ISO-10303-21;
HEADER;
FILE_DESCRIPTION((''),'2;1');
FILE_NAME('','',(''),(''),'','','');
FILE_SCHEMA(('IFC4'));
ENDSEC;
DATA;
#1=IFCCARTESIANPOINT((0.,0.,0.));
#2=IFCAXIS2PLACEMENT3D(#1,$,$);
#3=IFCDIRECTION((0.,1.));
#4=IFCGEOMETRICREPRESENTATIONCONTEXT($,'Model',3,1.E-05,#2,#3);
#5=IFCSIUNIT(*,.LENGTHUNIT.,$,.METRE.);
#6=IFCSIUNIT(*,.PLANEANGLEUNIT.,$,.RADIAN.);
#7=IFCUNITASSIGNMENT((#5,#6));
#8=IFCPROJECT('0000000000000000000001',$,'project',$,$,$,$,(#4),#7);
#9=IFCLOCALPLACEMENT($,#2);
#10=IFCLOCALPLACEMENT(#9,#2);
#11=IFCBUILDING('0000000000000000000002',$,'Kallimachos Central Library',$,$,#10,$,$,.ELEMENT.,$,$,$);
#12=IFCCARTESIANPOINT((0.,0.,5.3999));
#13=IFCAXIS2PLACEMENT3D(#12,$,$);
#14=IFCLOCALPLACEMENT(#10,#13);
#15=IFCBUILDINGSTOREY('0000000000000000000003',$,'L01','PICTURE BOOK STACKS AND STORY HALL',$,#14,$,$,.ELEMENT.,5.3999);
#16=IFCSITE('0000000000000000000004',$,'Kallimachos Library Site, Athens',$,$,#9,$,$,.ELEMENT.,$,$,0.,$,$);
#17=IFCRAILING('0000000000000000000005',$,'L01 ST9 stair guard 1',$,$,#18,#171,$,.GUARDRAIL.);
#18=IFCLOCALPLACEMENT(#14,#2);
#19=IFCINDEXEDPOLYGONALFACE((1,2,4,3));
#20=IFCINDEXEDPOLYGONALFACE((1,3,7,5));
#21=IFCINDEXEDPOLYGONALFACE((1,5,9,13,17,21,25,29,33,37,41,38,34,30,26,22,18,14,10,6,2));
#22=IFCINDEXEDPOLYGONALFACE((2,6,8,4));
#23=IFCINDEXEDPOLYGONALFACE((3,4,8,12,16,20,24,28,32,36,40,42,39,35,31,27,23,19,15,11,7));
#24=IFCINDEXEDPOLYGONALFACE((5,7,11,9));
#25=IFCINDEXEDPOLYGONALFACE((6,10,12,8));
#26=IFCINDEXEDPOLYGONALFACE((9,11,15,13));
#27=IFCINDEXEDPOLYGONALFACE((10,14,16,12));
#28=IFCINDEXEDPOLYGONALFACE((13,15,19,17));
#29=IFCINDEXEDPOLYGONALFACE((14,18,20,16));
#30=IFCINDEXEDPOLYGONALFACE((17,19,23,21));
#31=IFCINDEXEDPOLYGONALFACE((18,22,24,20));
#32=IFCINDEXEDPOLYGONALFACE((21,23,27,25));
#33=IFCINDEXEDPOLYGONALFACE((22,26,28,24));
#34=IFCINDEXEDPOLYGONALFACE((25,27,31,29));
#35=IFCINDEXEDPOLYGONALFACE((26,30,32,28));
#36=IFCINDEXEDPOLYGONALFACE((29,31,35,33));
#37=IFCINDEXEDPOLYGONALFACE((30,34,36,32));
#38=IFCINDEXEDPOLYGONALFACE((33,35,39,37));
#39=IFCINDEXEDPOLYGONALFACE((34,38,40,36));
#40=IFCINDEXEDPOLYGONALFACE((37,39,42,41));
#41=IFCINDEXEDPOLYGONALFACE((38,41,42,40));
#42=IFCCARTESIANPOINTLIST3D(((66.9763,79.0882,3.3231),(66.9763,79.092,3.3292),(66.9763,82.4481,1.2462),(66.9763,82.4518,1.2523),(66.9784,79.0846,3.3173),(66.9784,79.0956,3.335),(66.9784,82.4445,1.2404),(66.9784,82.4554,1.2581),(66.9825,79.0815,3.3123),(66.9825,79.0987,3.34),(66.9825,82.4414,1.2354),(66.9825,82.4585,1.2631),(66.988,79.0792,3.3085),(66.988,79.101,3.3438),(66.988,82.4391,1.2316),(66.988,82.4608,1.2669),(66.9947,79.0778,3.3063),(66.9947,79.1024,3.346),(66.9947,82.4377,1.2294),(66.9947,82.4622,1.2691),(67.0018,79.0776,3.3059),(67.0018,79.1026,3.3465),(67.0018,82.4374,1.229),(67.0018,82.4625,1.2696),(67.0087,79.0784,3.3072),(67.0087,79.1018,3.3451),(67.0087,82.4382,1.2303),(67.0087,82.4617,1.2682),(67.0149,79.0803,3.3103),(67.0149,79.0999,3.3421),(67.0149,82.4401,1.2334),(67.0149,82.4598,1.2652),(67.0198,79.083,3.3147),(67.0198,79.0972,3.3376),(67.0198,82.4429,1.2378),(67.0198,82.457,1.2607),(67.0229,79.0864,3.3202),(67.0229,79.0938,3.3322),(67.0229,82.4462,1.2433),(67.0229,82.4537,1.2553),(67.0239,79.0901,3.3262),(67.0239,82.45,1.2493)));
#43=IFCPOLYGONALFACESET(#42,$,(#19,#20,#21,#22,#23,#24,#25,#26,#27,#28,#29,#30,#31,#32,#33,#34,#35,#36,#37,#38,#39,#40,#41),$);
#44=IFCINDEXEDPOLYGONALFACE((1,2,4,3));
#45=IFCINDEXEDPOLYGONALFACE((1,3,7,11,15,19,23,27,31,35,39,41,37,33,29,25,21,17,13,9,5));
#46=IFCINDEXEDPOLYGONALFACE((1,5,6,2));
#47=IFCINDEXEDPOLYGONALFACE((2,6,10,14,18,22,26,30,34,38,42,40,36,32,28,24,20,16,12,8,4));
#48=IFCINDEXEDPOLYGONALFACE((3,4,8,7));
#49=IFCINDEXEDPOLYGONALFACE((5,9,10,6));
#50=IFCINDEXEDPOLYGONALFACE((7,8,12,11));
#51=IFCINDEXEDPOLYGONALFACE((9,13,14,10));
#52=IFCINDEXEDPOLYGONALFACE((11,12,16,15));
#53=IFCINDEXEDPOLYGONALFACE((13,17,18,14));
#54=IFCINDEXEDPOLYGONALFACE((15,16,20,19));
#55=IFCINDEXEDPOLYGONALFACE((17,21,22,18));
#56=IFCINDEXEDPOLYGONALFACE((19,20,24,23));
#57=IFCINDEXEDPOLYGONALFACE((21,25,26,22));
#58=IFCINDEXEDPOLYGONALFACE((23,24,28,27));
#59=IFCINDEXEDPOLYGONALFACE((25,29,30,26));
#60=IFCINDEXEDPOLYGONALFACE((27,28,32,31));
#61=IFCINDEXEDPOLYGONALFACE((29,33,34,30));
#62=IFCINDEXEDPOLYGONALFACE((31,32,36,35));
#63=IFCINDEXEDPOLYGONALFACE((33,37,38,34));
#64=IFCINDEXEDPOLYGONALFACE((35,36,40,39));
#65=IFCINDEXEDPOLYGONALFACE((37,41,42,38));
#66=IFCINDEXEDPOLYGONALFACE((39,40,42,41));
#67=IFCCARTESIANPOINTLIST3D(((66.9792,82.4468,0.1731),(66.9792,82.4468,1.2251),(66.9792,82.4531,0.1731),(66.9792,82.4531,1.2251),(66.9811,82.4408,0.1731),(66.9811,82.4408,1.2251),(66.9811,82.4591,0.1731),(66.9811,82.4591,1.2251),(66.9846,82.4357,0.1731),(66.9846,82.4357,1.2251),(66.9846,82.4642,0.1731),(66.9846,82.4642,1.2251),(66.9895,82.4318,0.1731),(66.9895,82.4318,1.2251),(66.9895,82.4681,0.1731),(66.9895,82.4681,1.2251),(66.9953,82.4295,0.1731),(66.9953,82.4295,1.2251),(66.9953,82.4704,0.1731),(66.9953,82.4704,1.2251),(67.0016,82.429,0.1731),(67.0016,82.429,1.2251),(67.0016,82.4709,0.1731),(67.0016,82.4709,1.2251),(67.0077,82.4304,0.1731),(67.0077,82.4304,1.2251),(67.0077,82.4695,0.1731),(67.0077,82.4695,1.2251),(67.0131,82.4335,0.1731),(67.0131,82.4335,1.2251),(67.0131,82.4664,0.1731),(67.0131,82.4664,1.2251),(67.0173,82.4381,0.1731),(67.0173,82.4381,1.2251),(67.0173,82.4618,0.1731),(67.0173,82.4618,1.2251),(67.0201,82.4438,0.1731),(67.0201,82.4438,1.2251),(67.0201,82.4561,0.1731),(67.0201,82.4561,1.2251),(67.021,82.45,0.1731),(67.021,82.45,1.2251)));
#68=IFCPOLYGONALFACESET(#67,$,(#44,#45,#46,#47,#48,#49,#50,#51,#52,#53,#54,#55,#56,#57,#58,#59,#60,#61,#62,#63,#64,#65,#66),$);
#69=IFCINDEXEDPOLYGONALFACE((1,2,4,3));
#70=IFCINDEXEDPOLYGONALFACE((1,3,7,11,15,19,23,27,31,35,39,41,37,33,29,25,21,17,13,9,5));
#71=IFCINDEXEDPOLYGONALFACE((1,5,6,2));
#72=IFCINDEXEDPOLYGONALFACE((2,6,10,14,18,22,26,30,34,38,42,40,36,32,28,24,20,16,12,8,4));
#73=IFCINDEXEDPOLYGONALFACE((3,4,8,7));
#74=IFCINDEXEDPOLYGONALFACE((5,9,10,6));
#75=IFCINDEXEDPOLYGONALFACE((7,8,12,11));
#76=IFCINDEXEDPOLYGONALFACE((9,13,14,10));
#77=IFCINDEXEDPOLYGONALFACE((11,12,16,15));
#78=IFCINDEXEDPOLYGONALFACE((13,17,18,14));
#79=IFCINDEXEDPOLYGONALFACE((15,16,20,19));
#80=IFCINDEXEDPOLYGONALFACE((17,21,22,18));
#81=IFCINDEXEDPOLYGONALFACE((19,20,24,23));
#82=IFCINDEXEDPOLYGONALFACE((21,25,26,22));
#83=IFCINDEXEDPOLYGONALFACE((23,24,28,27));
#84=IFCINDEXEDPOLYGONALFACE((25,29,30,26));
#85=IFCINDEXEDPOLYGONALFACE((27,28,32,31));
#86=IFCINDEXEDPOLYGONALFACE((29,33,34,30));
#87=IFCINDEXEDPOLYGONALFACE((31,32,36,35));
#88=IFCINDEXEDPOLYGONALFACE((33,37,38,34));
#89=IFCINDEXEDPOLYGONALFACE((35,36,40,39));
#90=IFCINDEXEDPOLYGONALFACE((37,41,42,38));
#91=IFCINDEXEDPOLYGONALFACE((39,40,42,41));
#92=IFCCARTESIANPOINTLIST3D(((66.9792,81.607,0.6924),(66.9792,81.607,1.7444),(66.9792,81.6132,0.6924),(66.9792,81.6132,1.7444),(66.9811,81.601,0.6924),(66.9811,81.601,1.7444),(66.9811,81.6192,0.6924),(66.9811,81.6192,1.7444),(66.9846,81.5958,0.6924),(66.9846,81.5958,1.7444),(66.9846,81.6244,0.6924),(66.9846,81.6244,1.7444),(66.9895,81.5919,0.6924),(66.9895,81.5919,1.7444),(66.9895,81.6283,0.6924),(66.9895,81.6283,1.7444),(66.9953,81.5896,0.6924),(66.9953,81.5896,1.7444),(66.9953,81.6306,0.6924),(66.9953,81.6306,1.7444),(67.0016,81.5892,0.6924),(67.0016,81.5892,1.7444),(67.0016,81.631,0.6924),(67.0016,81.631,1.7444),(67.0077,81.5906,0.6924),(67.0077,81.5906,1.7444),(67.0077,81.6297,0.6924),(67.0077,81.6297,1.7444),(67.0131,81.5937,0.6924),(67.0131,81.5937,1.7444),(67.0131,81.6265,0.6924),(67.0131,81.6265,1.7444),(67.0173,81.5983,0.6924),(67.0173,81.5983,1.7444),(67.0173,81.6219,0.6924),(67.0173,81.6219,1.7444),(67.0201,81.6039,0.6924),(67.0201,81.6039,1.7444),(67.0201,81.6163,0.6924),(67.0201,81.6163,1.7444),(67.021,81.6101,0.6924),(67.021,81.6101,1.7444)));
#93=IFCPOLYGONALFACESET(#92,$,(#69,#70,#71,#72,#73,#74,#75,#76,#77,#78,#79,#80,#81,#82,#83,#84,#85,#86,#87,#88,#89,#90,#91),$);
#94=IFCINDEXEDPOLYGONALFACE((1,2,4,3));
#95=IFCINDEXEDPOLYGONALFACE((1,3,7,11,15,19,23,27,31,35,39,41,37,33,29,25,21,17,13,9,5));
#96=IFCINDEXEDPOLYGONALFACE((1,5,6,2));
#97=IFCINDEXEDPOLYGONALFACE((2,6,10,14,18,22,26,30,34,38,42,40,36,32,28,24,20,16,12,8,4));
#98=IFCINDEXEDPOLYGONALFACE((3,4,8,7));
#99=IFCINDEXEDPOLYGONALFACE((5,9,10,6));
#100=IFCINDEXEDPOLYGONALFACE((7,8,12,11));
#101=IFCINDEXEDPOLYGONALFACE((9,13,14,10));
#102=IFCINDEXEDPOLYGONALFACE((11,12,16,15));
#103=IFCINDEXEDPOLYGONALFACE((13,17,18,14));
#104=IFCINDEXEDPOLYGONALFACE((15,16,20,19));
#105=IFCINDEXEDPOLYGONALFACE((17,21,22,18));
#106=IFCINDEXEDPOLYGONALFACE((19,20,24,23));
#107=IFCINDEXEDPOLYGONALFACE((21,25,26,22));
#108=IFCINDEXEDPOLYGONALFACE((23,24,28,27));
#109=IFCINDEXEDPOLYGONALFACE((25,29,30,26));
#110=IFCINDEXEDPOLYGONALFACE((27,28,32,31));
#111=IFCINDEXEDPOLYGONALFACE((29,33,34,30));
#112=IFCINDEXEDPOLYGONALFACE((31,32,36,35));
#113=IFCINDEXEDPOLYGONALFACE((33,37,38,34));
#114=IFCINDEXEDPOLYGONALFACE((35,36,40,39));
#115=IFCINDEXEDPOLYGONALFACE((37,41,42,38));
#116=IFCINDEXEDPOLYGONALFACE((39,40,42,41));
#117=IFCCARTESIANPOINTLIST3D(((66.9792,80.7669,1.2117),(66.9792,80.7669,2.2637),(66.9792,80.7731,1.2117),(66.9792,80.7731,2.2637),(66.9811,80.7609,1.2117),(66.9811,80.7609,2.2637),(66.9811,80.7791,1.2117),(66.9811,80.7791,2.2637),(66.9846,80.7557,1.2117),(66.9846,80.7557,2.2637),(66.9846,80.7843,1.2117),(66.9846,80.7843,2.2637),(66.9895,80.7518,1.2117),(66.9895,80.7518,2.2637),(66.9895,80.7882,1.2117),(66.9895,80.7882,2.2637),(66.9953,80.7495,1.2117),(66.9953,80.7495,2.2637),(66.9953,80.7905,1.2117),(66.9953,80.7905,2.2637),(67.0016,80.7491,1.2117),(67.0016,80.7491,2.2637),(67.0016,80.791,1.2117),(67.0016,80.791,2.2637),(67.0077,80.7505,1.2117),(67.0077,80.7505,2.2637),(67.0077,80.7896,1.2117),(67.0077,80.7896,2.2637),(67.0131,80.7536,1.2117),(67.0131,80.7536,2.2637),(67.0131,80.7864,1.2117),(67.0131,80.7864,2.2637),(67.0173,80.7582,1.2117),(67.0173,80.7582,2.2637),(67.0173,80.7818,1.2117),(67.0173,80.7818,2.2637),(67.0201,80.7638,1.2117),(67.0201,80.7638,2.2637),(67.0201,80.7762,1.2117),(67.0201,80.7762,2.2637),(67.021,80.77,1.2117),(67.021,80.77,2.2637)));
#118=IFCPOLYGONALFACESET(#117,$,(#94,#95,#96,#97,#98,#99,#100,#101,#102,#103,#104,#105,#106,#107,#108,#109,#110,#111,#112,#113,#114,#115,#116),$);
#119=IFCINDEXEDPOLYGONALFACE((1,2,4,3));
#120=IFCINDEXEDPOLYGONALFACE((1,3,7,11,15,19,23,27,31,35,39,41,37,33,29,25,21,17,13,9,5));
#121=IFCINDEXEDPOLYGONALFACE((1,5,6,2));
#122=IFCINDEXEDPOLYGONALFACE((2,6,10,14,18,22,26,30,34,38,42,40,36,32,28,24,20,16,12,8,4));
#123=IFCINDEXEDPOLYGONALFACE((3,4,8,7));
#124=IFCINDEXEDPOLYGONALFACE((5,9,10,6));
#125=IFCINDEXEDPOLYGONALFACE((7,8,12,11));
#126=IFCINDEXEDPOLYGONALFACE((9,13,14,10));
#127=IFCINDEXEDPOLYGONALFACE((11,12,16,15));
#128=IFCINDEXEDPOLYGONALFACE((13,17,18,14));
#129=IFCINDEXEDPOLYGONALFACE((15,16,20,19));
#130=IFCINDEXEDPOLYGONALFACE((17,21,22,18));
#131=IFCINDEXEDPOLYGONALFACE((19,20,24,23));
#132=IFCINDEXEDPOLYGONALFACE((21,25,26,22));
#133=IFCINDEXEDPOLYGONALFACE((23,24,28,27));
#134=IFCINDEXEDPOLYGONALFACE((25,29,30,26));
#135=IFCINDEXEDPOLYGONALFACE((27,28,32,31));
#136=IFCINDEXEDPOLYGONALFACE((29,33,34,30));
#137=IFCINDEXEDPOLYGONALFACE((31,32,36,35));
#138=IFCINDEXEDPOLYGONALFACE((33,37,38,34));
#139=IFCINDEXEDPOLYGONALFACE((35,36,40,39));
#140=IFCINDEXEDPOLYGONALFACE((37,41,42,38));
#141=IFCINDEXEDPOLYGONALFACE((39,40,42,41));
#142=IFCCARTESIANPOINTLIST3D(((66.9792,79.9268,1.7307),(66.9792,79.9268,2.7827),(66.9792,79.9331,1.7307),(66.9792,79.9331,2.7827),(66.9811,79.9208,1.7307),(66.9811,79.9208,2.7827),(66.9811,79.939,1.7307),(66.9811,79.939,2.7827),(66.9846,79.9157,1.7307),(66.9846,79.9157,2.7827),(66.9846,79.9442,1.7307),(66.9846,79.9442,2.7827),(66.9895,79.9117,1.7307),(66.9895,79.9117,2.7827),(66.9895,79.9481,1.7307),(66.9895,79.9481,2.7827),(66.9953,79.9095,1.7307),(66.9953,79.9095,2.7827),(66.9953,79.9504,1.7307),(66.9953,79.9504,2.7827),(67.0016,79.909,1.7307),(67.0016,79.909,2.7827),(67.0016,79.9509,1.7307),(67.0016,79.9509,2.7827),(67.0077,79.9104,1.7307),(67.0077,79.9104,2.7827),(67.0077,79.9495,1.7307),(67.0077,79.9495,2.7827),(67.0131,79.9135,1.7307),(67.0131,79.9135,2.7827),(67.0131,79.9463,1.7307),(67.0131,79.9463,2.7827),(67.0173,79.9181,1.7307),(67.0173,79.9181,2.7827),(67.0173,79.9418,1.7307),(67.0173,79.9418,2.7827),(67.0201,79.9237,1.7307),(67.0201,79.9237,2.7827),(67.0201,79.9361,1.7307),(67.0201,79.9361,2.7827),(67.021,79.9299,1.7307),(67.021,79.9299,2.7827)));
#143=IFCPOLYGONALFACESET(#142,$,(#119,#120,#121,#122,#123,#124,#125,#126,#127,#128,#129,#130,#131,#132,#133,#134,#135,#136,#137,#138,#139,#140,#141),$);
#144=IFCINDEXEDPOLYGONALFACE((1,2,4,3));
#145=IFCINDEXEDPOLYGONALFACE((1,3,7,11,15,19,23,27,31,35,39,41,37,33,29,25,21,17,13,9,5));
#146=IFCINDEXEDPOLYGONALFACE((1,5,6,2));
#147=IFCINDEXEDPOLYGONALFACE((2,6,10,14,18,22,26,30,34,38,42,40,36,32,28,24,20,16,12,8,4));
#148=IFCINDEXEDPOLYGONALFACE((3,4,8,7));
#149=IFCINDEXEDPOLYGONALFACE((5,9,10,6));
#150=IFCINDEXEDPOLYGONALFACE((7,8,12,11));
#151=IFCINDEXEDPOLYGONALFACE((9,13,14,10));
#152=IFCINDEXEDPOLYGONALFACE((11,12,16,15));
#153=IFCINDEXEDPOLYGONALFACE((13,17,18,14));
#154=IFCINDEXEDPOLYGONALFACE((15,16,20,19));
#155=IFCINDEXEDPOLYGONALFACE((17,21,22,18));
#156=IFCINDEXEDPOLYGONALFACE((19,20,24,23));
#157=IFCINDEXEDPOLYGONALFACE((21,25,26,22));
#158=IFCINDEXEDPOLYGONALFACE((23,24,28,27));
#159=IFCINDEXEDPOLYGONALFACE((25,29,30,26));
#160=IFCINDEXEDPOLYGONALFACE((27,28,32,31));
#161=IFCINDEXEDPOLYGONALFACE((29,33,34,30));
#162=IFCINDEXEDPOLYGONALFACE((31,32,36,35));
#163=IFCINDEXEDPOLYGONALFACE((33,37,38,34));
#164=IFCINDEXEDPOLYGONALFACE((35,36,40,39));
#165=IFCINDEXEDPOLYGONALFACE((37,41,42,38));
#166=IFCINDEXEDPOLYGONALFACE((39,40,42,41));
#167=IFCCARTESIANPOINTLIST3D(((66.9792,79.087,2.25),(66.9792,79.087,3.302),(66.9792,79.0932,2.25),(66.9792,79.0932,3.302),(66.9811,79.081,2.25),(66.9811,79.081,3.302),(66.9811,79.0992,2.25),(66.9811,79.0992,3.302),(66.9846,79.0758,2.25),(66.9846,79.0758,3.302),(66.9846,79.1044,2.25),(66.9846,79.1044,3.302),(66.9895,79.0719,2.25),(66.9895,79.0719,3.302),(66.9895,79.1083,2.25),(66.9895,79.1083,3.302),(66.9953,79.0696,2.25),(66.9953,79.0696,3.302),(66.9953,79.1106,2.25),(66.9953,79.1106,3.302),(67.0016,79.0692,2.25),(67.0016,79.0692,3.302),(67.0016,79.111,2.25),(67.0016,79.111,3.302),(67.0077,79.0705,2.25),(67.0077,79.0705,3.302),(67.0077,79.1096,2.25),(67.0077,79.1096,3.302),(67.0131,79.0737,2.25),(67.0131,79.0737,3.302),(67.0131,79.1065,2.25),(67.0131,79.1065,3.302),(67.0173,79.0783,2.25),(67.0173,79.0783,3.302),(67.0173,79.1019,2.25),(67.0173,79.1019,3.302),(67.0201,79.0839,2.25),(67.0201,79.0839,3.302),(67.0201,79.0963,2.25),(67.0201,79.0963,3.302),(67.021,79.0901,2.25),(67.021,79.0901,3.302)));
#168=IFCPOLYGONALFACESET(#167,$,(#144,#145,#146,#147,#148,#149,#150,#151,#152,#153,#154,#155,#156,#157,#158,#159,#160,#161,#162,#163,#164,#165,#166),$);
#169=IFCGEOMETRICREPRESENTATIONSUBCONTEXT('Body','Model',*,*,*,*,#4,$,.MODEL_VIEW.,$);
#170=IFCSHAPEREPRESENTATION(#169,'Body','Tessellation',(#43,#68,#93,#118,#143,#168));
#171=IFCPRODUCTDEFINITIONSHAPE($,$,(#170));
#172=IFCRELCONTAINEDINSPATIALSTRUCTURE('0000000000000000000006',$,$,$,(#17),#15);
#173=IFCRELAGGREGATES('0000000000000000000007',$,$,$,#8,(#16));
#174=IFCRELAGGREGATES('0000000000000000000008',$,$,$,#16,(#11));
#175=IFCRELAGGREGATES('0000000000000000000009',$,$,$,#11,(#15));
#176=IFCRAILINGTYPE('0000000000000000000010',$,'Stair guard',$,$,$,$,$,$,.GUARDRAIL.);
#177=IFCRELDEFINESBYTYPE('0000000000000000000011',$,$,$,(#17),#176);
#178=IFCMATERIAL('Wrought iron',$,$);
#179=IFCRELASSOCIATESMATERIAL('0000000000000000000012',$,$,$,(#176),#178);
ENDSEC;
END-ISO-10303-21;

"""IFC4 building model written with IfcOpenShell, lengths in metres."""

from ifc_helpers import new_model, si_unit, direction, frame, origin, origin_2d, place, context, subcontext, project, spatial, circle, extrude, material, type_object, element, save


model = new_model("IFC4")

# Units and contexts
model_context = context("Model", 3, precision=1e-05, world=origin(), true_north=direction((0.0, 1.0)))
body_context = subcontext(model_context, "Body", "Model", "MODEL_VIEW")
ifc_project = project(units=[si_unit("LENGTHUNIT", "METRE"), si_unit("PLANEANGLEUNIT", "RADIAN")], contexts=[model_context])

# Site, building, storey
site_placement = place(None, origin())
site = spatial("IfcSite", under=ifc_project, at=site_placement, Name="Kallimachos Library Site, Athens", CompositionType="ELEMENT", RefElevation=0.0)
building_placement = place(site_placement, origin())
building = spatial("IfcBuilding", under=site, at=building_placement, Name="Kallimachos Central Library", CompositionType="ELEMENT")
storey_placement = place(building_placement, frame((0.0, 0.0, 5.3999)))
storey = spatial("IfcBuildingStorey", under=building, at=storey_placement, Name="L01", Description="PICTURE BOOK STACKS AND STORY HALL", CompositionType="ELEMENT", Elevation=5.3999)

# Railing
ifc_material_1 = material(Name="Wrought iron")
railing_type_1 = type_object("IfcRailingType", Name="Stair guard", PredefinedType="GUARDRAIL", material=ifc_material_1)
railing_1_placement = place(storey_placement, frame((67.0, 82.45, 0.1731)))
element("IfcRailing", 1, at=railing_1_placement, inside=storey, type_object=railing_type_1, Name="L01 ST9 stair guard 1", PredefinedType="GUARDRAIL", context=body_context, shape_type="SweptSolid", body=[
    extrude(circle(Radius=0.0239, at=origin_2d()), frame((0.0, 0.0, 1.0762), z_axis=(0.0, -0.850606, 0.525803), x_axis=(1.0, 0.0, 0.0)), (0.0, 0.0, 1.0), 3.95),
    extrude(circle(Radius=0.021, at=origin_2d()), origin(), (0.0, 0.0, 1.0), 1.052),
    extrude(circle(Radius=0.021, at=origin_2d()), frame((0.0, -0.8398, 0.5193)), (0.0, 0.0, 1.0), 1.052),
    extrude(circle(Radius=0.021, at=origin_2d()), frame((0.0, -1.6799, 1.0386)), (0.0, 0.0, 1.0), 1.052),
    extrude(circle(Radius=0.021, at=origin_2d()), frame((0.0, -2.52, 1.5576)), (0.0, 0.0, 1.0), 1.052),
    extrude(circle(Radius=0.021, at=origin_2d()), frame((0.0, -3.3599, 2.0769)), (0.0, 0.0, 1.0), 1.052),
])

save(model, "model.ifc")
